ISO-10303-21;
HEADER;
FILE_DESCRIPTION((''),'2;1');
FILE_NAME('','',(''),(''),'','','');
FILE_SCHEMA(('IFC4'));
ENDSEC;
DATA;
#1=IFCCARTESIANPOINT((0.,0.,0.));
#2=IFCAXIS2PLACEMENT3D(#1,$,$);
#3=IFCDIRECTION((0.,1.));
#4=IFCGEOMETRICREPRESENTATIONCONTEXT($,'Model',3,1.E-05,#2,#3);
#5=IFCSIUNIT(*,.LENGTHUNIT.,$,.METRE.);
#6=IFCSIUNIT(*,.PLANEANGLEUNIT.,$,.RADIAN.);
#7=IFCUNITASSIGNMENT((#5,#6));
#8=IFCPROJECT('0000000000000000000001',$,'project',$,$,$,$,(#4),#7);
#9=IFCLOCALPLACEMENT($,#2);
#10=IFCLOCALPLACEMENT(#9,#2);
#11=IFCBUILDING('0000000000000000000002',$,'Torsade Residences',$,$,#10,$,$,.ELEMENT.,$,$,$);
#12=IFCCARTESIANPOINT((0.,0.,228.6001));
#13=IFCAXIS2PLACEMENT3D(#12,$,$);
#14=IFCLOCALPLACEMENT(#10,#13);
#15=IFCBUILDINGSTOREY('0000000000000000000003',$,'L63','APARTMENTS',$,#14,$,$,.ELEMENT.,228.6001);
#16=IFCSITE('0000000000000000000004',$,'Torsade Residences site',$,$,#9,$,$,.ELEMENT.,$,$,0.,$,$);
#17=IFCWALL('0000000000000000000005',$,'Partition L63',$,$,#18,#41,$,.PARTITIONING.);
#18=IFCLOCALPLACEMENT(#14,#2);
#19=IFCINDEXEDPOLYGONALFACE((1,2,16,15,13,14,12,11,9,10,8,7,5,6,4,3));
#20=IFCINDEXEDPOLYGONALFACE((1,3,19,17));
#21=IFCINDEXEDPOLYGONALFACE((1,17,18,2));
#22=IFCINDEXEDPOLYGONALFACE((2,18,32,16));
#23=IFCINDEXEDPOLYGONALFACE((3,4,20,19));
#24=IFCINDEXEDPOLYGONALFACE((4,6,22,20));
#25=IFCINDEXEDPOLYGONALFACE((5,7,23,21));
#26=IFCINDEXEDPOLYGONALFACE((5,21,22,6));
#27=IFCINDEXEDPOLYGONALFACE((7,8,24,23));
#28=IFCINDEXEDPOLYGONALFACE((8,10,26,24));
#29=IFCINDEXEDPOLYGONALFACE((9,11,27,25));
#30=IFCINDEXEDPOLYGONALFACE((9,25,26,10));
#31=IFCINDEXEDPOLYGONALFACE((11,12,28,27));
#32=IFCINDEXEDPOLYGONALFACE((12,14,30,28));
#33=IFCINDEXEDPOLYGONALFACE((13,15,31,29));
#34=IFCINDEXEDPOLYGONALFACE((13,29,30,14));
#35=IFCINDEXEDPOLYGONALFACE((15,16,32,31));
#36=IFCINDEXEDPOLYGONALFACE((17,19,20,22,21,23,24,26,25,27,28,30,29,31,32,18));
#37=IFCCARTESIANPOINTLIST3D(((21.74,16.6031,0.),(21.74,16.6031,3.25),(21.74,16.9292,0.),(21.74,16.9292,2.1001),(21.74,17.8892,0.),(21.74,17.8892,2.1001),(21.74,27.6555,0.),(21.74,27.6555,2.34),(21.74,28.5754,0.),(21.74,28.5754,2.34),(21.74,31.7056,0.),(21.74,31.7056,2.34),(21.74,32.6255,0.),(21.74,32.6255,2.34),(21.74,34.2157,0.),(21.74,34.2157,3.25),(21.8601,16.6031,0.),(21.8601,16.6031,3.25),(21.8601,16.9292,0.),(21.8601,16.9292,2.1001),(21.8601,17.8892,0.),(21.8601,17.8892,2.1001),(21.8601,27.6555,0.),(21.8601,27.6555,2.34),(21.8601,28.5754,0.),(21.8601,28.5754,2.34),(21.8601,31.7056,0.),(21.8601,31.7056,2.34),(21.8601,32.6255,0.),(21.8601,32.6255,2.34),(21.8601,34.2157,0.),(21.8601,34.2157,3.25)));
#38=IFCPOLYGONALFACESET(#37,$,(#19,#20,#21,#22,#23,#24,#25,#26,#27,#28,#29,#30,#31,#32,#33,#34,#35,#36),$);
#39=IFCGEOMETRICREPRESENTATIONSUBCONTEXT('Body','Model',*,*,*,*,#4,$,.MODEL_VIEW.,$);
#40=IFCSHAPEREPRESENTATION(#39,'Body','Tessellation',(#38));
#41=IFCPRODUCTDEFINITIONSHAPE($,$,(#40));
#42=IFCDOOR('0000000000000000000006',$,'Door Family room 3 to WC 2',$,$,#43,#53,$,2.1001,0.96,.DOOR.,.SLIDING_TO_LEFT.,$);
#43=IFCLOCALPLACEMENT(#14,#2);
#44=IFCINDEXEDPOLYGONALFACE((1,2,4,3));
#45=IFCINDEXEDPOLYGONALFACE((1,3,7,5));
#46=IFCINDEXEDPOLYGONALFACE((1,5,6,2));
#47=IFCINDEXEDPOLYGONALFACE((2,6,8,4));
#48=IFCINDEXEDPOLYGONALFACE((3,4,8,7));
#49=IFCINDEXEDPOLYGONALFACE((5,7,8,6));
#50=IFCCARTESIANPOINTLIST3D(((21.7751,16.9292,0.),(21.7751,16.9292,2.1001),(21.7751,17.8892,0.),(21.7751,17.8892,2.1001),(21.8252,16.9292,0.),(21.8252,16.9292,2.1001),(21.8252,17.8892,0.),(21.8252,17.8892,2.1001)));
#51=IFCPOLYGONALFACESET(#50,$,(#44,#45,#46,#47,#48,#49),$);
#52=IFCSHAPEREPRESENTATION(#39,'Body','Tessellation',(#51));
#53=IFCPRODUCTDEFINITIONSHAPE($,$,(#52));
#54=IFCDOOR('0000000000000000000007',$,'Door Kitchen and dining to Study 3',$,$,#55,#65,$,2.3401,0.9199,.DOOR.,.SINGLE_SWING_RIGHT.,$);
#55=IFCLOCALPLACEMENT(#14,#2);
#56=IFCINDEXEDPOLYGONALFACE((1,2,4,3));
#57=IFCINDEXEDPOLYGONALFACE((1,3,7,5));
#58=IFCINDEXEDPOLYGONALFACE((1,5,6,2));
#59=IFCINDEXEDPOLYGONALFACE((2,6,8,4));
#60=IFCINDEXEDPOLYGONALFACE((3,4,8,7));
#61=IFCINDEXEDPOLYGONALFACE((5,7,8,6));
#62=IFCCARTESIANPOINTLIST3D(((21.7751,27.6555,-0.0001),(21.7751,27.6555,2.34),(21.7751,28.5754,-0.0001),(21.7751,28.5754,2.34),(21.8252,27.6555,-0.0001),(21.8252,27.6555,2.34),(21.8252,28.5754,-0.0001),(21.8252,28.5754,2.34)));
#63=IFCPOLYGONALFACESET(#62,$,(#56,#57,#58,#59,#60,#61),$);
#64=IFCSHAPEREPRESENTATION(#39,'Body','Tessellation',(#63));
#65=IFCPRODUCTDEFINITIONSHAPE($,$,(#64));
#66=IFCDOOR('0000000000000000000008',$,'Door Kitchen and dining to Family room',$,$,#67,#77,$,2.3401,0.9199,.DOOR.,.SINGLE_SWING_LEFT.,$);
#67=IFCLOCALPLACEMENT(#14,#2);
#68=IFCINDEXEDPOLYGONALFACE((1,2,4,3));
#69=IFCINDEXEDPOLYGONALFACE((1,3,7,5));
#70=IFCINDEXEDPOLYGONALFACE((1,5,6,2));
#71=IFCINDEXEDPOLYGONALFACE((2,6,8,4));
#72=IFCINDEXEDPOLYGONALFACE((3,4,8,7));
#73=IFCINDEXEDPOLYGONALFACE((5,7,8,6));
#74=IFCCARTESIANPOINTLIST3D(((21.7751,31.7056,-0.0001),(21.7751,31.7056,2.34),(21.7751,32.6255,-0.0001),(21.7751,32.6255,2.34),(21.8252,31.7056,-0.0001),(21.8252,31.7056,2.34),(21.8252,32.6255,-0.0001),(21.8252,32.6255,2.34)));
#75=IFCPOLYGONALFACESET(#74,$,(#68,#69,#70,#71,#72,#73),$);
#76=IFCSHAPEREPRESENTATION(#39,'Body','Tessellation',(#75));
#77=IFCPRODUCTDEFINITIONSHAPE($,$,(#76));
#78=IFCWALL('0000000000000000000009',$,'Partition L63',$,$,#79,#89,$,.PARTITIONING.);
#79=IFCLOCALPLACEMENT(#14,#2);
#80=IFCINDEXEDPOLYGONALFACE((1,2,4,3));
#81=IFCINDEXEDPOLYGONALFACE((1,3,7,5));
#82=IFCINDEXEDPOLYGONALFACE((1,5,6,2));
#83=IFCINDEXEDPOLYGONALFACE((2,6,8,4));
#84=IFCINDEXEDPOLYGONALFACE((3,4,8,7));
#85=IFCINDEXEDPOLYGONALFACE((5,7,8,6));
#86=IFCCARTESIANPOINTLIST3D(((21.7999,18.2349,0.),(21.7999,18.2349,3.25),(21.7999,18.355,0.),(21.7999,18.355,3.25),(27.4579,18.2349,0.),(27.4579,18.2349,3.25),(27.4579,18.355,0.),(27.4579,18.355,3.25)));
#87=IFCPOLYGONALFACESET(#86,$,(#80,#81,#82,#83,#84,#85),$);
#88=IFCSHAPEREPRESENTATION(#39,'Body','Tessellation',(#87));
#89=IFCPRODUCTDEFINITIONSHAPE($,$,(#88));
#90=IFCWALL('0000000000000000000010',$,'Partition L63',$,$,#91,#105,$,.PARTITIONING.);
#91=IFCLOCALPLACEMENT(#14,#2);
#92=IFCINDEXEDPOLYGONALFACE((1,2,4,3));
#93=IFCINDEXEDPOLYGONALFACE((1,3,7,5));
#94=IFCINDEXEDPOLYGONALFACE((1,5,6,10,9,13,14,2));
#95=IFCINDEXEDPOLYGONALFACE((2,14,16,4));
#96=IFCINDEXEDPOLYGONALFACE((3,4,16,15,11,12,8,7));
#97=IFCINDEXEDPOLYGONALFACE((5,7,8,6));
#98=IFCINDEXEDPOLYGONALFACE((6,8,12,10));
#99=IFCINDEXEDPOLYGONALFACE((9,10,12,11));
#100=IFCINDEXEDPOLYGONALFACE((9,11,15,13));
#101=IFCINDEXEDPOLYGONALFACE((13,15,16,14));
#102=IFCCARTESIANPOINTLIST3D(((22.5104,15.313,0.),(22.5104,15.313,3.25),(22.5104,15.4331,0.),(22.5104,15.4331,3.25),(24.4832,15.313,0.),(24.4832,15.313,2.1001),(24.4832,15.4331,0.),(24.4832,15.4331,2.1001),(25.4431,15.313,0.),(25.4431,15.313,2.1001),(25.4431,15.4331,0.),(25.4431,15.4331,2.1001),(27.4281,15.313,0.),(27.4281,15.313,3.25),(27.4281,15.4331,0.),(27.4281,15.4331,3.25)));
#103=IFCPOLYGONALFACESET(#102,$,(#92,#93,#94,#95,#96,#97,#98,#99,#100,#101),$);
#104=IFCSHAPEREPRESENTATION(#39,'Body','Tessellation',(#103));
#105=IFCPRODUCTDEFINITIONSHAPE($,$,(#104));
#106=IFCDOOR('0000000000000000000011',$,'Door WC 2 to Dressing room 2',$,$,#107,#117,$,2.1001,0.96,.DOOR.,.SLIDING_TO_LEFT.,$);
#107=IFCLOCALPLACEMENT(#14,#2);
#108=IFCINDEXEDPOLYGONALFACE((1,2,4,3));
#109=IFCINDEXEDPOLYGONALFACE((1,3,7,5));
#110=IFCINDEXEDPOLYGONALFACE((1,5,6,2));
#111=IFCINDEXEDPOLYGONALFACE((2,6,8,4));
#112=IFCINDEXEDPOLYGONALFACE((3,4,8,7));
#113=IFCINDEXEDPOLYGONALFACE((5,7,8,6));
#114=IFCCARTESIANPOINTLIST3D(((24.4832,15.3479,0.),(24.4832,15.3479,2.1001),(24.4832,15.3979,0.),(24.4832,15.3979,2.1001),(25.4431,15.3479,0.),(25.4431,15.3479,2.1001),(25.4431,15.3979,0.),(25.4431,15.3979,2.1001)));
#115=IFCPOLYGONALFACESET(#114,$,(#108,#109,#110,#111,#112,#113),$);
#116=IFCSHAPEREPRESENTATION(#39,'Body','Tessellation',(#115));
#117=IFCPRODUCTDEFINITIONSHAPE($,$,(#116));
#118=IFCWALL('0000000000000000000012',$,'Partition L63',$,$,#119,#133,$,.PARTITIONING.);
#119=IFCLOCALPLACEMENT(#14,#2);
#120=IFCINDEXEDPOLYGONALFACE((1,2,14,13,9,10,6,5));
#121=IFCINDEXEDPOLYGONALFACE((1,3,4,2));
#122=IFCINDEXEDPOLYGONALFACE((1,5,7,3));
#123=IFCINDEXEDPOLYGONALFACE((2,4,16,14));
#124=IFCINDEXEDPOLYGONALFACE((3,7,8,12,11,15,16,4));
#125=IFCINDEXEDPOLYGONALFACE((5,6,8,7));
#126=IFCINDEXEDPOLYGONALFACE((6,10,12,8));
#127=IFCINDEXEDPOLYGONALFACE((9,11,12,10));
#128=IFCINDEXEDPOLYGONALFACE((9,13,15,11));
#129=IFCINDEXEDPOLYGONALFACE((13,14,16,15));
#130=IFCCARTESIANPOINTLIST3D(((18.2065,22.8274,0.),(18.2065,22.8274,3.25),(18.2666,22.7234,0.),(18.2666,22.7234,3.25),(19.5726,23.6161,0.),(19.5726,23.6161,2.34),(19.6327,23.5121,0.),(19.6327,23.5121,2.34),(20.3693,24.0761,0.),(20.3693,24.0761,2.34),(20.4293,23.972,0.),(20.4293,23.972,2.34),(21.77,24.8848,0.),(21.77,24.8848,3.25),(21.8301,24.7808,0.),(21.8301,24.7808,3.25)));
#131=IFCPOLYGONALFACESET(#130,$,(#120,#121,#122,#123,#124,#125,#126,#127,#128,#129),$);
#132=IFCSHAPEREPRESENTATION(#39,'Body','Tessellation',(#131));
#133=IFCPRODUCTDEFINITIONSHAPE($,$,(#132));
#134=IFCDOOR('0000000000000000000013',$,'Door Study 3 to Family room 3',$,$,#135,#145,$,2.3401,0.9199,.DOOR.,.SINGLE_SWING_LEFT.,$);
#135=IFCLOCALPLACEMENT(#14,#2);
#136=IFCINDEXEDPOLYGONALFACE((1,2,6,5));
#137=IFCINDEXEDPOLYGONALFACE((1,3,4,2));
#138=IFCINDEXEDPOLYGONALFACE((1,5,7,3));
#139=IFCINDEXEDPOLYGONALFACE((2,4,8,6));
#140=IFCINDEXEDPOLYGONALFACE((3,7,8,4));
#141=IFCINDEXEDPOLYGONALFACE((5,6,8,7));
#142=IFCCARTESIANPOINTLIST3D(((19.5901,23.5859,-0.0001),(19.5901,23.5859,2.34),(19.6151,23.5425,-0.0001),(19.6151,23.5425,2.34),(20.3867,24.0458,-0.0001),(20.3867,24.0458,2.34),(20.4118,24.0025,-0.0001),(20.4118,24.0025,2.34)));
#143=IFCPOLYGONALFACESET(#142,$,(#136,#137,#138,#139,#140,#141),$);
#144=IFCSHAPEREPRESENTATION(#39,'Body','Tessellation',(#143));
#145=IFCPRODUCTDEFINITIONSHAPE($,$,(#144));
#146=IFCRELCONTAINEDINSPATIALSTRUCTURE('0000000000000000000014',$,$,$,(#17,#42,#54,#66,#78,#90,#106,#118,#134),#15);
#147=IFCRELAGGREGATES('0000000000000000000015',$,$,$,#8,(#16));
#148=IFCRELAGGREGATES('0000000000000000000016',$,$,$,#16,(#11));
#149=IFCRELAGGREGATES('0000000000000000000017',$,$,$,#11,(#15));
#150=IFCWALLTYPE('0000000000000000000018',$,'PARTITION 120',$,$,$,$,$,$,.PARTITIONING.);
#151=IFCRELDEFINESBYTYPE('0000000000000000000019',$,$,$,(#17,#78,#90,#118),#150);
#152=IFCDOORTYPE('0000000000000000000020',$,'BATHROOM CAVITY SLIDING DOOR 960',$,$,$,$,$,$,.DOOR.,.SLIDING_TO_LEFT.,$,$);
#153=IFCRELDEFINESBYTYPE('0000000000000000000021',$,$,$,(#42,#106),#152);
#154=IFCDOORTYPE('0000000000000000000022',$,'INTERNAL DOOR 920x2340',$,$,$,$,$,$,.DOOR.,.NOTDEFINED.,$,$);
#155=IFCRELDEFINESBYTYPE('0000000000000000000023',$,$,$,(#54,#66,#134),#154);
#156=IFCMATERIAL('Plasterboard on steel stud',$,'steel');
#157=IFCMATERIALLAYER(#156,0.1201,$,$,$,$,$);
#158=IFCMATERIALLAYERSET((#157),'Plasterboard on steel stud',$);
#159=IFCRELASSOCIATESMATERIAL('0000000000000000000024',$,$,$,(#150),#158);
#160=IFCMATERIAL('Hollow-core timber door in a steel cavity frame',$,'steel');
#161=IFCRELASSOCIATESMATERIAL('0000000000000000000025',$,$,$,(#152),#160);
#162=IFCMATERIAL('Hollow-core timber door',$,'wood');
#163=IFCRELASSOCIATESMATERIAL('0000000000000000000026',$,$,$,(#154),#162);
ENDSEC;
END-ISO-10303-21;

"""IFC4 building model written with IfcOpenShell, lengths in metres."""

from ifc_helpers import new_model, si_unit, direction, frame, frame_2d, origin, place, context, subcontext, project, spatial, rectangle, extrude, material, layer, layer_set, type_object, element, fill, save


model = new_model("IFC4")

# Units and contexts
model_context = context("Model", 3, precision=1e-05, world=origin(), true_north=direction((0.0, 1.0)))
body_context = subcontext(model_context, "Body", "Model", "MODEL_VIEW")
ifc_project = project(units=[si_unit("LENGTHUNIT", "METRE"), si_unit("PLANEANGLEUNIT", "RADIAN")], contexts=[model_context])

# Site, building, storey
site_placement = place(None, origin())
site = spatial("IfcSite", under=ifc_project, at=site_placement, Name="Torsade Residences site", CompositionType="ELEMENT", RefElevation=0.0)
building_placement = place(site_placement, origin())
building = spatial("IfcBuilding", under=site, at=building_placement, Name="Torsade Residences", CompositionType="ELEMENT")
storey_placement = place(building_placement, frame((0.0, 0.0, 228.6001)))
storey = spatial("IfcBuildingStorey", under=building, at=storey_placement, Name="L63", Description="APARTMENTS", CompositionType="ELEMENT", Elevation=228.6001)

# Shared definitions
ifc_material_1 = material(Name="Plasterboard on steel stud", Category="steel")
ifc_layer_1 = layer(ifc_material_1, 0.1201)
ifc_layer_set_1 = layer_set([ifc_layer_1], Name="Plasterboard on steel stud")
wall_type_1 = type_object("IfcWallType", Name="PARTITION 120", PredefinedType="PARTITIONING", material=ifc_layer_set_1)
ifc_material_2 = material(Name="Hollow-core timber door in a steel cavity frame", Category="steel")
door_type_1 = type_object("IfcDoorType", Name="BATHROOM CAVITY SLIDING DOOR 960", OperationType="SLIDING_TO_LEFT", PredefinedType="DOOR", material=ifc_material_2)

# Wall, openings, doors
wall_1_placement = place(storey_placement, frame((21.8, 16.6033, 0.0), z_axis=(0.0, 0.0, 1.0), x_axis=(0.0, 1.0, 0.0)))
wall_1 = element("IfcWall", 1, at=wall_1_placement, inside=storey, type_object=wall_type_1, Name="Partition L63", PredefinedType="PARTITIONING", context=body_context, shape_type="SweptSolid", body=[
    extrude(rectangle(XDim=17.6125, YDim=0.1201, at=frame_2d((8.8062, 0.0))), origin(), (0.0, 0.0, 1.0), 3.25),
])
opening_1_placement = place(wall_1_placement, frame((11.0522, 0.0, 0.0)))
opening_1 = element("IfcOpeningElement", 2, at=opening_1_placement, cuts=wall_1, PredefinedType="OPENING", context=body_context, shape_type="SweptSolid", body=[
    extrude(rectangle(XDim=0.9199, YDim=2.3401, at=frame_2d((0.46, 1.1699))), frame((0.0, 0.0701, 0.0), z_axis=(0.0, -1.0, 0.0), x_axis=(1.0, 0.0, 0.0)), (0.0, 0.0, 1.0), 0.1401),
])
opening_2_placement = place(wall_1_placement, frame((15.1023, 0.0, 0.0)))
opening_2 = element("IfcOpeningElement", 3, at=opening_2_placement, cuts=wall_1, PredefinedType="OPENING", context=body_context, shape_type="SweptSolid", body=[
    extrude(rectangle(XDim=0.9199, YDim=2.3401, at=frame_2d((0.46, 1.1699))), frame((0.0, 0.0701, 0.0), z_axis=(0.0, -1.0, 0.0), x_axis=(1.0, 0.0, 0.0)), (0.0, 0.0, 1.0), 0.1401),
])
opening_3_placement = place(wall_1_placement, frame((0.3259, 0.0, 0.0)))
opening_3 = element("IfcOpeningElement", 4, at=opening_3_placement, cuts=wall_1, PredefinedType="OPENING", context=body_context, shape_type="SweptSolid", body=[
    extrude(rectangle(XDim=0.96, YDim=2.1001, at=frame_2d((0.48, 1.05))), frame((0.0, 0.0701, 0.0), z_axis=(0.0, -1.0, 0.0), x_axis=(1.0, 0.0, 0.0)), (0.0, 0.0, 1.0), 0.1401),
])
door_1_placement = place(opening_3_placement, origin())
door_1 = element("IfcDoor", 5, at=door_1_placement, inside=storey, type_object=door_type_1, Name="Door Family room 3 to WC 2", OperationType="SLIDING_TO_LEFT", OverallHeight=2.1001, OverallWidth=0.96, PredefinedType="DOOR", context=body_context, shape_type="SweptSolid", body=[
    extrude(rectangle(XDim=0.96, YDim=2.1001, at=frame_2d((0.48, 1.05))), frame((0.0, 0.0249, 0.0), z_axis=(0.0, -1.0, 0.0), x_axis=(1.0, 0.0, 0.0)), (0.0, 0.0, 1.0), 0.05),
])
fill(opening_3, door_1)
ifc_material_3 = material(Name="Hollow-core timber door", Category="wood")
door_type_2 = type_object("IfcDoorType", Name="INTERNAL DOOR 920x2340", OperationType="NOTDEFINED", PredefinedType="DOOR", material=ifc_material_3)
door_2_placement = place(opening_1_placement, origin())
door_2 = element("IfcDoor", 6, at=door_2_placement, inside=storey, type_object=door_type_2, Name="Door Kitchen and dining to Study 3", OperationType="SINGLE_SWING_RIGHT", OverallHeight=2.3401, OverallWidth=0.9199, PredefinedType="DOOR", context=body_context, shape_type="SweptSolid", body=[
    extrude(rectangle(XDim=0.9199, YDim=2.3401, at=frame_2d((0.46, 1.1699))), frame((0.0, 0.0249, 0.0), z_axis=(0.0, -1.0, 0.0), x_axis=(1.0, 0.0, 0.0)), (0.0, 0.0, 1.0), 0.05),
])
fill(opening_1, door_2)
door_3_placement = place(opening_2_placement, origin())
door_3 = element("IfcDoor", 7, at=door_3_placement, inside=storey, type_object=door_type_2, Name="Door Kitchen and dining to Family room", OperationType="SINGLE_SWING_LEFT", OverallHeight=2.3401, OverallWidth=0.9199, PredefinedType="DOOR", context=body_context, shape_type="SweptSolid", body=[
    extrude(rectangle(XDim=0.9199, YDim=2.3401, at=frame_2d((0.46, 1.1699))), frame((0.0, 0.0249, 0.0), z_axis=(0.0, -1.0, 0.0), x_axis=(1.0, 0.0, 0.0)), (0.0, 0.0, 1.0), 0.05),
])
fill(opening_2, door_3)

# Wall
wall_2_placement = place(storey_placement, frame((27.458, 18.2949, 0.0), z_axis=(0.0, 0.0, 1.0), x_axis=(-1.0, 0.0, 0.0)))
element("IfcWall", 8, at=wall_2_placement, inside=storey, type_object=wall_type_1, Name="Partition L63", PredefinedType="PARTITIONING", context=body_context, shape_type="SweptSolid", body=[
    extrude(rectangle(XDim=5.658, YDim=0.1201, at=frame_2d((2.8291, 0.0))), origin(), (0.0, 0.0, 1.0), 3.25),
])

# Walls, openings, doors
wall_3_placement = place(storey_placement, frame((22.5103, 15.373, 0.0), z_axis=(0.0, 0.0, 1.0), x_axis=(1.0, 0.0, 0.0)))
wall_3 = element("IfcWall", 9, at=wall_3_placement, inside=storey, type_object=wall_type_1, Name="Partition L63", PredefinedType="PARTITIONING", context=body_context, shape_type="SweptSolid", body=[
    extrude(rectangle(XDim=4.9177, YDim=0.1201, at=frame_2d((2.459, 0.0))), origin(), (0.0, 0.0, 1.0), 3.25),
])
opening_4_placement = place(wall_3_placement, frame((1.9729, 0.0, 0.0)))
opening_4 = element("IfcOpeningElement", 10, at=opening_4_placement, cuts=wall_3, PredefinedType="OPENING", context=body_context, shape_type="SweptSolid", body=[
    extrude(rectangle(XDim=0.96, YDim=2.1001, at=frame_2d((0.48, 1.05))), frame((0.0, 0.0701, 0.0), z_axis=(0.0, -1.0, 0.0), x_axis=(1.0, 0.0, 0.0)), (0.0, 0.0, 1.0), 0.1401),
])
door_4_placement = place(opening_4_placement, origin())
door_4 = element("IfcDoor", 11, at=door_4_placement, inside=storey, type_object=door_type_1, Name="Door WC 2 to Dressing room 2", OperationType="SLIDING_TO_LEFT", OverallHeight=2.1001, OverallWidth=0.96, PredefinedType="DOOR", context=body_context, shape_type="SweptSolid", body=[
    extrude(rectangle(XDim=0.96, YDim=2.1001, at=frame_2d((0.48, 1.05))), frame((0.0, 0.0249, 0.0), z_axis=(0.0, -1.0, 0.0), x_axis=(1.0, 0.0, 0.0)), (0.0, 0.0, 1.0), 0.05),
])
fill(opening_4, door_4)
wall_4_placement = place(storey_placement, frame((21.8, 24.8328, 0.0), z_axis=(0.0, 0.0, 1.0), x_axis=(-0.866026, -0.5, 0.0)))
wall_4 = element("IfcWall", 12, at=wall_4_placement, inside=storey, type_object=wall_type_1, Name="Partition L63", PredefinedType="PARTITIONING", context=body_context, shape_type="SweptSolid", body=[
    extrude(rectangle(XDim=4.1147, YDim=0.1201, at=frame_2d((2.0574, 0.0))), origin(), (0.0, 0.0, 1.0), 3.25),
])
opening_5_placement = place(wall_4_placement, frame((1.6174, 0.0, 0.0)))
opening_5 = element("IfcOpeningElement", 13, at=opening_5_placement, cuts=wall_4, PredefinedType="OPENING", context=body_context, shape_type="SweptSolid", body=[
    extrude(rectangle(XDim=0.9199, YDim=2.3401, at=frame_2d((0.46, 1.1699))), frame((0.0, 0.0701, 0.0), z_axis=(0.0, -1.0, 0.0), x_axis=(1.0, 0.0, 0.0)), (0.0, 0.0, 1.0), 0.1401),
])
door_5_placement = place(opening_5_placement, origin())
door_5 = element("IfcDoor", 14, at=door_5_placement, inside=storey, type_object=door_type_2, Name="Door Study 3 to Family room 3", OperationType="SINGLE_SWING_LEFT", OverallHeight=2.3401, OverallWidth=0.9199, PredefinedType="DOOR", context=body_context, shape_type="SweptSolid", body=[
    extrude(rectangle(XDim=0.9199, YDim=2.3401, at=frame_2d((0.46, 1.1699))), frame((0.0, 0.0249, 0.0), z_axis=(0.0, -1.0, 0.0), x_axis=(1.0, 0.0, 0.0)), (0.0, 0.0, 1.0), 0.05),
])
fill(opening_5, door_5)

save(model, "model.ifc")
